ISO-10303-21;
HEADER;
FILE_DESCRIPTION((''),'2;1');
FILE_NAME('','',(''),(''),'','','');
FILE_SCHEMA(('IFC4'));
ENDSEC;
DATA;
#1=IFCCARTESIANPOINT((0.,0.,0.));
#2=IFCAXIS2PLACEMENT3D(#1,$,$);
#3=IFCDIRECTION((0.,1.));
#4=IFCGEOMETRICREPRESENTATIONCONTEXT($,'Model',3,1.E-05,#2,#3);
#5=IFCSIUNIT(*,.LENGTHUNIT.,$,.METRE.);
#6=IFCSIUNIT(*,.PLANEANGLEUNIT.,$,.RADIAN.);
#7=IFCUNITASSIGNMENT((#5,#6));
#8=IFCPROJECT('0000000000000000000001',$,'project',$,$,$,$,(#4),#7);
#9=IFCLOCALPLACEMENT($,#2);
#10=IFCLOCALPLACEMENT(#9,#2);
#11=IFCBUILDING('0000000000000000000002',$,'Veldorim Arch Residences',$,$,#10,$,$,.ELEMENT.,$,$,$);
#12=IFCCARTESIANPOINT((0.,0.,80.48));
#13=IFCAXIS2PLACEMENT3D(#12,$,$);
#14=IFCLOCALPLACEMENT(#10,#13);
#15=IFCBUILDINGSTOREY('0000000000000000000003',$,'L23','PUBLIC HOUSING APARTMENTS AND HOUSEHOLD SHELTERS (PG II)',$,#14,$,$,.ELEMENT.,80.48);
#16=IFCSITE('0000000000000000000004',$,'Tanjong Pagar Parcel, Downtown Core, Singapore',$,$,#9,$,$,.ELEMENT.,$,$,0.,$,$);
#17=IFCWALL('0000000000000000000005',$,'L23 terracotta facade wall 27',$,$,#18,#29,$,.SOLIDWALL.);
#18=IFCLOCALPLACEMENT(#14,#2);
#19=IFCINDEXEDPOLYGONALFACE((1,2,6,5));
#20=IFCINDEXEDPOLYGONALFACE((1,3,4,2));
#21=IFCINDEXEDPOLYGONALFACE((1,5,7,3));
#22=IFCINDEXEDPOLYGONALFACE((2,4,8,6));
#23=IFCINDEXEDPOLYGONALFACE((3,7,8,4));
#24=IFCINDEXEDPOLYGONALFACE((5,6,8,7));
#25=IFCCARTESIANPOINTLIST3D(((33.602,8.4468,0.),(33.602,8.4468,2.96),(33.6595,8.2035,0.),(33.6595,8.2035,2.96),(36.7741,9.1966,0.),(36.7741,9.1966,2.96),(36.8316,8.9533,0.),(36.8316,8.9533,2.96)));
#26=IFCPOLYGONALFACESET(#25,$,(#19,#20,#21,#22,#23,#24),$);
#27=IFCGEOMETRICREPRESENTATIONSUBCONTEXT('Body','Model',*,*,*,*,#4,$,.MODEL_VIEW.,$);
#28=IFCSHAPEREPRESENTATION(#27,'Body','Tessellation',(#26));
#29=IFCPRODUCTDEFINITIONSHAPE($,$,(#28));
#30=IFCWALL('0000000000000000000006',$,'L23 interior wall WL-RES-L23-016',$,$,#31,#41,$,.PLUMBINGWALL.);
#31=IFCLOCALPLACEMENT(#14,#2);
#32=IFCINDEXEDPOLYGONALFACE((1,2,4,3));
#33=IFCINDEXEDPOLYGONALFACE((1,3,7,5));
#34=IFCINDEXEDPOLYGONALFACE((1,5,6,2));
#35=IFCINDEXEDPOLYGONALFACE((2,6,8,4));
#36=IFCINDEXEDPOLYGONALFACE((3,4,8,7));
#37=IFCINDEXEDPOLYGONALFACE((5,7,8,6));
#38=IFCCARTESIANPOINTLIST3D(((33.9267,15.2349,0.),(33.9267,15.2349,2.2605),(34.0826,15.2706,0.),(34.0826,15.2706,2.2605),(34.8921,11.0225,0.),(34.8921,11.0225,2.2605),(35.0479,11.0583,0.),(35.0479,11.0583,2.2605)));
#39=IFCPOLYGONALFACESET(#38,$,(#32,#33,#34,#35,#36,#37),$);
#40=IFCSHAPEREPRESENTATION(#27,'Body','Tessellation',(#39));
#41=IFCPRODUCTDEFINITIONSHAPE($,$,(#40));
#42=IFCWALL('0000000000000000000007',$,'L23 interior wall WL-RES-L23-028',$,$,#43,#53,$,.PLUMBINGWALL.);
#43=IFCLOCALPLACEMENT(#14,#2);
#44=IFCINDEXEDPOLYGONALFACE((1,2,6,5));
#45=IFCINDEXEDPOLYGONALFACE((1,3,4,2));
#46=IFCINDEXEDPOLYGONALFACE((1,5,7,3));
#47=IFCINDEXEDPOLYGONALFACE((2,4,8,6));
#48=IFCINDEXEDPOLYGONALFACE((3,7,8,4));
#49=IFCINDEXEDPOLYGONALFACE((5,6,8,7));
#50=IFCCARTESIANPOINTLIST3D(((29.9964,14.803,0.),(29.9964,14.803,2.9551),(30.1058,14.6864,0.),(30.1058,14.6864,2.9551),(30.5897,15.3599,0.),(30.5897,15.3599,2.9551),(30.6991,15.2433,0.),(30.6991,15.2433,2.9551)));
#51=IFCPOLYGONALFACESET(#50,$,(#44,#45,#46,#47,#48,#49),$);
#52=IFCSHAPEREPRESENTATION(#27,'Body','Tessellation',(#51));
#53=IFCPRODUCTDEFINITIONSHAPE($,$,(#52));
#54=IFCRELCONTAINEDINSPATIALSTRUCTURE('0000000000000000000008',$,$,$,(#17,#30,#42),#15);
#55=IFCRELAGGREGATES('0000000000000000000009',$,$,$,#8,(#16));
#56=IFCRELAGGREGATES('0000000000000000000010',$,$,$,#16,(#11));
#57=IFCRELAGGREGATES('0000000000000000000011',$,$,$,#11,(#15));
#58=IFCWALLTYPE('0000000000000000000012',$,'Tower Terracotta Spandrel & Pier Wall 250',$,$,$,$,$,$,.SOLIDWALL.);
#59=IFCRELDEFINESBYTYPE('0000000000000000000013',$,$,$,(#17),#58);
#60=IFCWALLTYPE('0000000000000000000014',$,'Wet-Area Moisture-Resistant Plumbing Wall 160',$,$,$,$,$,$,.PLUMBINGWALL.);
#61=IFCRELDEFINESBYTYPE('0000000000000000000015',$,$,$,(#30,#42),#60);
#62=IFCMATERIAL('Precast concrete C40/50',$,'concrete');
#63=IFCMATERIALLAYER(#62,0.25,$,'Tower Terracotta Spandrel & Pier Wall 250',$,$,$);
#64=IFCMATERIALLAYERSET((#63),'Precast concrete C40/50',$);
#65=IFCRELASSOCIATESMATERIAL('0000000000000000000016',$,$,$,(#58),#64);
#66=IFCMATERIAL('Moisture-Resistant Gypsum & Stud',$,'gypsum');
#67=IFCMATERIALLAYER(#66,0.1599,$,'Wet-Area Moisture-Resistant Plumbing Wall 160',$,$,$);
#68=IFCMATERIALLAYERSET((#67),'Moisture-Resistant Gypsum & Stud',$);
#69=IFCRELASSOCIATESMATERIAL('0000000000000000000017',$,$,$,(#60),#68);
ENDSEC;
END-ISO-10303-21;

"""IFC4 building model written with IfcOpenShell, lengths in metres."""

from ifc_helpers import new_model, si_unit, direction, frame, frame_2d, origin, place, context, subcontext, project, spatial, rectangle, extrude, material, layer, layer_set, type_object, element, save


model = new_model("IFC4")

# Units and contexts
model_context = context("Model", 3, precision=1e-05, world=origin(), true_north=direction((0.0, 1.0)))
body_context = subcontext(model_context, "Body", "Model", "MODEL_VIEW")
ifc_project = project(units=[si_unit("LENGTHUNIT", "METRE"), si_unit("PLANEANGLEUNIT", "RADIAN")], contexts=[model_context])

# Site, building, storey
site_placement = place(None, origin())
site = spatial("IfcSite", under=ifc_project, at=site_placement, Name="Tanjong Pagar Parcel, Downtown Core, Singapore", CompositionType="ELEMENT", RefElevation=0.0)
building_placement = place(site_placement, origin())
building = spatial("IfcBuilding", under=site, at=building_placement, Name="Veldorim Arch Residences", CompositionType="ELEMENT")
storey_placement = place(building_placement, frame((0.0, 0.0, 80.48)))
storey = spatial("IfcBuildingStorey", under=building, at=storey_placement, Name="L23", Description="PUBLIC HOUSING APARTMENTS AND HOUSEHOLD SHELTERS (PG II)", CompositionType="ELEMENT", Elevation=80.48)

# Shared definitions
ifc_material_1 = material(Name="Precast concrete C40/50", Category="concrete")
ifc_layer_1 = layer(ifc_material_1, 0.25, Name="Tower Terracotta Spandrel & Pier Wall 250")
ifc_layer_set_1 = layer_set([ifc_layer_1], Name="Precast concrete C40/50")
wall_type_1 = type_object("IfcWallType", Name="Tower Terracotta Spandrel & Pier Wall 250", PredefinedType="SOLIDWALL", material=ifc_layer_set_1)

# Walls
wall_1_placement = place(storey_placement, frame((36.803, 9.075, 0.0), z_axis=(0.0, 0.0, 1.0), x_axis=(-0.973186, -0.23002, 0.0)))
element("IfcWall", 1, at=wall_1_placement, inside=storey, type_object=wall_type_1, Name="L23 terracotta facade wall 27", PredefinedType="SOLIDWALL", context=body_context, shape_type="SweptSolid", body=[
    extrude(rectangle(XDim=3.2595, YDim=0.25, at=frame_2d((1.6299, 0.0))), origin(), (0.0, 0.0, 1.0), 2.96),
])
ifc_material_2 = material(Name="Moisture-Resistant Gypsum & Stud", Category="gypsum")
ifc_layer_2 = layer(ifc_material_2, 0.1599, Name="Wet-Area Moisture-Resistant Plumbing Wall 160")
ifc_layer_set_2 = layer_set([ifc_layer_2], Name="Moisture-Resistant Gypsum & Stud")
wall_type_2 = type_object("IfcWallType", Name="Wet-Area Moisture-Resistant Plumbing Wall 160", PredefinedType="PLUMBINGWALL", material=ifc_layer_set_2)
wall_2_placement = place(storey_placement, frame((34.97, 11.0405, 0.0), z_axis=(0.0, 0.0, 1.0), x_axis=(-0.223374, 0.974733, 0.0)))
element("IfcWall", 2, at=wall_2_placement, inside=storey, type_object=wall_type_2, Name="L23 interior wall WL-RES-L23-016", PredefinedType="PLUMBINGWALL", context=body_context, shape_type="SweptSolid", body=[
    extrude(rectangle(XDim=4.3215, YDim=0.1599, at=frame_2d((2.1606, 0.0))), origin(), (0.0, 0.0, 1.0), 2.2605),
])
wall_3_placement = place(storey_placement, frame((30.6443, 15.3015, 0.0), z_axis=(0.0, 0.0, 1.0), x_axis=(-0.729107, -0.6844, 0.0)))
element("IfcWall", 3, at=wall_3_placement, inside=storey, type_object=wall_type_2, Name="L23 interior wall WL-RES-L23-028", PredefinedType="PLUMBINGWALL", context=body_context, shape_type="SweptSolid", body=[
    extrude(rectangle(XDim=0.8137, YDim=0.1599, at=frame_2d((0.4067, 0.0))), origin(), (0.0, 0.0, 1.0), 2.9551),
])

save(model, "model.ifc")
